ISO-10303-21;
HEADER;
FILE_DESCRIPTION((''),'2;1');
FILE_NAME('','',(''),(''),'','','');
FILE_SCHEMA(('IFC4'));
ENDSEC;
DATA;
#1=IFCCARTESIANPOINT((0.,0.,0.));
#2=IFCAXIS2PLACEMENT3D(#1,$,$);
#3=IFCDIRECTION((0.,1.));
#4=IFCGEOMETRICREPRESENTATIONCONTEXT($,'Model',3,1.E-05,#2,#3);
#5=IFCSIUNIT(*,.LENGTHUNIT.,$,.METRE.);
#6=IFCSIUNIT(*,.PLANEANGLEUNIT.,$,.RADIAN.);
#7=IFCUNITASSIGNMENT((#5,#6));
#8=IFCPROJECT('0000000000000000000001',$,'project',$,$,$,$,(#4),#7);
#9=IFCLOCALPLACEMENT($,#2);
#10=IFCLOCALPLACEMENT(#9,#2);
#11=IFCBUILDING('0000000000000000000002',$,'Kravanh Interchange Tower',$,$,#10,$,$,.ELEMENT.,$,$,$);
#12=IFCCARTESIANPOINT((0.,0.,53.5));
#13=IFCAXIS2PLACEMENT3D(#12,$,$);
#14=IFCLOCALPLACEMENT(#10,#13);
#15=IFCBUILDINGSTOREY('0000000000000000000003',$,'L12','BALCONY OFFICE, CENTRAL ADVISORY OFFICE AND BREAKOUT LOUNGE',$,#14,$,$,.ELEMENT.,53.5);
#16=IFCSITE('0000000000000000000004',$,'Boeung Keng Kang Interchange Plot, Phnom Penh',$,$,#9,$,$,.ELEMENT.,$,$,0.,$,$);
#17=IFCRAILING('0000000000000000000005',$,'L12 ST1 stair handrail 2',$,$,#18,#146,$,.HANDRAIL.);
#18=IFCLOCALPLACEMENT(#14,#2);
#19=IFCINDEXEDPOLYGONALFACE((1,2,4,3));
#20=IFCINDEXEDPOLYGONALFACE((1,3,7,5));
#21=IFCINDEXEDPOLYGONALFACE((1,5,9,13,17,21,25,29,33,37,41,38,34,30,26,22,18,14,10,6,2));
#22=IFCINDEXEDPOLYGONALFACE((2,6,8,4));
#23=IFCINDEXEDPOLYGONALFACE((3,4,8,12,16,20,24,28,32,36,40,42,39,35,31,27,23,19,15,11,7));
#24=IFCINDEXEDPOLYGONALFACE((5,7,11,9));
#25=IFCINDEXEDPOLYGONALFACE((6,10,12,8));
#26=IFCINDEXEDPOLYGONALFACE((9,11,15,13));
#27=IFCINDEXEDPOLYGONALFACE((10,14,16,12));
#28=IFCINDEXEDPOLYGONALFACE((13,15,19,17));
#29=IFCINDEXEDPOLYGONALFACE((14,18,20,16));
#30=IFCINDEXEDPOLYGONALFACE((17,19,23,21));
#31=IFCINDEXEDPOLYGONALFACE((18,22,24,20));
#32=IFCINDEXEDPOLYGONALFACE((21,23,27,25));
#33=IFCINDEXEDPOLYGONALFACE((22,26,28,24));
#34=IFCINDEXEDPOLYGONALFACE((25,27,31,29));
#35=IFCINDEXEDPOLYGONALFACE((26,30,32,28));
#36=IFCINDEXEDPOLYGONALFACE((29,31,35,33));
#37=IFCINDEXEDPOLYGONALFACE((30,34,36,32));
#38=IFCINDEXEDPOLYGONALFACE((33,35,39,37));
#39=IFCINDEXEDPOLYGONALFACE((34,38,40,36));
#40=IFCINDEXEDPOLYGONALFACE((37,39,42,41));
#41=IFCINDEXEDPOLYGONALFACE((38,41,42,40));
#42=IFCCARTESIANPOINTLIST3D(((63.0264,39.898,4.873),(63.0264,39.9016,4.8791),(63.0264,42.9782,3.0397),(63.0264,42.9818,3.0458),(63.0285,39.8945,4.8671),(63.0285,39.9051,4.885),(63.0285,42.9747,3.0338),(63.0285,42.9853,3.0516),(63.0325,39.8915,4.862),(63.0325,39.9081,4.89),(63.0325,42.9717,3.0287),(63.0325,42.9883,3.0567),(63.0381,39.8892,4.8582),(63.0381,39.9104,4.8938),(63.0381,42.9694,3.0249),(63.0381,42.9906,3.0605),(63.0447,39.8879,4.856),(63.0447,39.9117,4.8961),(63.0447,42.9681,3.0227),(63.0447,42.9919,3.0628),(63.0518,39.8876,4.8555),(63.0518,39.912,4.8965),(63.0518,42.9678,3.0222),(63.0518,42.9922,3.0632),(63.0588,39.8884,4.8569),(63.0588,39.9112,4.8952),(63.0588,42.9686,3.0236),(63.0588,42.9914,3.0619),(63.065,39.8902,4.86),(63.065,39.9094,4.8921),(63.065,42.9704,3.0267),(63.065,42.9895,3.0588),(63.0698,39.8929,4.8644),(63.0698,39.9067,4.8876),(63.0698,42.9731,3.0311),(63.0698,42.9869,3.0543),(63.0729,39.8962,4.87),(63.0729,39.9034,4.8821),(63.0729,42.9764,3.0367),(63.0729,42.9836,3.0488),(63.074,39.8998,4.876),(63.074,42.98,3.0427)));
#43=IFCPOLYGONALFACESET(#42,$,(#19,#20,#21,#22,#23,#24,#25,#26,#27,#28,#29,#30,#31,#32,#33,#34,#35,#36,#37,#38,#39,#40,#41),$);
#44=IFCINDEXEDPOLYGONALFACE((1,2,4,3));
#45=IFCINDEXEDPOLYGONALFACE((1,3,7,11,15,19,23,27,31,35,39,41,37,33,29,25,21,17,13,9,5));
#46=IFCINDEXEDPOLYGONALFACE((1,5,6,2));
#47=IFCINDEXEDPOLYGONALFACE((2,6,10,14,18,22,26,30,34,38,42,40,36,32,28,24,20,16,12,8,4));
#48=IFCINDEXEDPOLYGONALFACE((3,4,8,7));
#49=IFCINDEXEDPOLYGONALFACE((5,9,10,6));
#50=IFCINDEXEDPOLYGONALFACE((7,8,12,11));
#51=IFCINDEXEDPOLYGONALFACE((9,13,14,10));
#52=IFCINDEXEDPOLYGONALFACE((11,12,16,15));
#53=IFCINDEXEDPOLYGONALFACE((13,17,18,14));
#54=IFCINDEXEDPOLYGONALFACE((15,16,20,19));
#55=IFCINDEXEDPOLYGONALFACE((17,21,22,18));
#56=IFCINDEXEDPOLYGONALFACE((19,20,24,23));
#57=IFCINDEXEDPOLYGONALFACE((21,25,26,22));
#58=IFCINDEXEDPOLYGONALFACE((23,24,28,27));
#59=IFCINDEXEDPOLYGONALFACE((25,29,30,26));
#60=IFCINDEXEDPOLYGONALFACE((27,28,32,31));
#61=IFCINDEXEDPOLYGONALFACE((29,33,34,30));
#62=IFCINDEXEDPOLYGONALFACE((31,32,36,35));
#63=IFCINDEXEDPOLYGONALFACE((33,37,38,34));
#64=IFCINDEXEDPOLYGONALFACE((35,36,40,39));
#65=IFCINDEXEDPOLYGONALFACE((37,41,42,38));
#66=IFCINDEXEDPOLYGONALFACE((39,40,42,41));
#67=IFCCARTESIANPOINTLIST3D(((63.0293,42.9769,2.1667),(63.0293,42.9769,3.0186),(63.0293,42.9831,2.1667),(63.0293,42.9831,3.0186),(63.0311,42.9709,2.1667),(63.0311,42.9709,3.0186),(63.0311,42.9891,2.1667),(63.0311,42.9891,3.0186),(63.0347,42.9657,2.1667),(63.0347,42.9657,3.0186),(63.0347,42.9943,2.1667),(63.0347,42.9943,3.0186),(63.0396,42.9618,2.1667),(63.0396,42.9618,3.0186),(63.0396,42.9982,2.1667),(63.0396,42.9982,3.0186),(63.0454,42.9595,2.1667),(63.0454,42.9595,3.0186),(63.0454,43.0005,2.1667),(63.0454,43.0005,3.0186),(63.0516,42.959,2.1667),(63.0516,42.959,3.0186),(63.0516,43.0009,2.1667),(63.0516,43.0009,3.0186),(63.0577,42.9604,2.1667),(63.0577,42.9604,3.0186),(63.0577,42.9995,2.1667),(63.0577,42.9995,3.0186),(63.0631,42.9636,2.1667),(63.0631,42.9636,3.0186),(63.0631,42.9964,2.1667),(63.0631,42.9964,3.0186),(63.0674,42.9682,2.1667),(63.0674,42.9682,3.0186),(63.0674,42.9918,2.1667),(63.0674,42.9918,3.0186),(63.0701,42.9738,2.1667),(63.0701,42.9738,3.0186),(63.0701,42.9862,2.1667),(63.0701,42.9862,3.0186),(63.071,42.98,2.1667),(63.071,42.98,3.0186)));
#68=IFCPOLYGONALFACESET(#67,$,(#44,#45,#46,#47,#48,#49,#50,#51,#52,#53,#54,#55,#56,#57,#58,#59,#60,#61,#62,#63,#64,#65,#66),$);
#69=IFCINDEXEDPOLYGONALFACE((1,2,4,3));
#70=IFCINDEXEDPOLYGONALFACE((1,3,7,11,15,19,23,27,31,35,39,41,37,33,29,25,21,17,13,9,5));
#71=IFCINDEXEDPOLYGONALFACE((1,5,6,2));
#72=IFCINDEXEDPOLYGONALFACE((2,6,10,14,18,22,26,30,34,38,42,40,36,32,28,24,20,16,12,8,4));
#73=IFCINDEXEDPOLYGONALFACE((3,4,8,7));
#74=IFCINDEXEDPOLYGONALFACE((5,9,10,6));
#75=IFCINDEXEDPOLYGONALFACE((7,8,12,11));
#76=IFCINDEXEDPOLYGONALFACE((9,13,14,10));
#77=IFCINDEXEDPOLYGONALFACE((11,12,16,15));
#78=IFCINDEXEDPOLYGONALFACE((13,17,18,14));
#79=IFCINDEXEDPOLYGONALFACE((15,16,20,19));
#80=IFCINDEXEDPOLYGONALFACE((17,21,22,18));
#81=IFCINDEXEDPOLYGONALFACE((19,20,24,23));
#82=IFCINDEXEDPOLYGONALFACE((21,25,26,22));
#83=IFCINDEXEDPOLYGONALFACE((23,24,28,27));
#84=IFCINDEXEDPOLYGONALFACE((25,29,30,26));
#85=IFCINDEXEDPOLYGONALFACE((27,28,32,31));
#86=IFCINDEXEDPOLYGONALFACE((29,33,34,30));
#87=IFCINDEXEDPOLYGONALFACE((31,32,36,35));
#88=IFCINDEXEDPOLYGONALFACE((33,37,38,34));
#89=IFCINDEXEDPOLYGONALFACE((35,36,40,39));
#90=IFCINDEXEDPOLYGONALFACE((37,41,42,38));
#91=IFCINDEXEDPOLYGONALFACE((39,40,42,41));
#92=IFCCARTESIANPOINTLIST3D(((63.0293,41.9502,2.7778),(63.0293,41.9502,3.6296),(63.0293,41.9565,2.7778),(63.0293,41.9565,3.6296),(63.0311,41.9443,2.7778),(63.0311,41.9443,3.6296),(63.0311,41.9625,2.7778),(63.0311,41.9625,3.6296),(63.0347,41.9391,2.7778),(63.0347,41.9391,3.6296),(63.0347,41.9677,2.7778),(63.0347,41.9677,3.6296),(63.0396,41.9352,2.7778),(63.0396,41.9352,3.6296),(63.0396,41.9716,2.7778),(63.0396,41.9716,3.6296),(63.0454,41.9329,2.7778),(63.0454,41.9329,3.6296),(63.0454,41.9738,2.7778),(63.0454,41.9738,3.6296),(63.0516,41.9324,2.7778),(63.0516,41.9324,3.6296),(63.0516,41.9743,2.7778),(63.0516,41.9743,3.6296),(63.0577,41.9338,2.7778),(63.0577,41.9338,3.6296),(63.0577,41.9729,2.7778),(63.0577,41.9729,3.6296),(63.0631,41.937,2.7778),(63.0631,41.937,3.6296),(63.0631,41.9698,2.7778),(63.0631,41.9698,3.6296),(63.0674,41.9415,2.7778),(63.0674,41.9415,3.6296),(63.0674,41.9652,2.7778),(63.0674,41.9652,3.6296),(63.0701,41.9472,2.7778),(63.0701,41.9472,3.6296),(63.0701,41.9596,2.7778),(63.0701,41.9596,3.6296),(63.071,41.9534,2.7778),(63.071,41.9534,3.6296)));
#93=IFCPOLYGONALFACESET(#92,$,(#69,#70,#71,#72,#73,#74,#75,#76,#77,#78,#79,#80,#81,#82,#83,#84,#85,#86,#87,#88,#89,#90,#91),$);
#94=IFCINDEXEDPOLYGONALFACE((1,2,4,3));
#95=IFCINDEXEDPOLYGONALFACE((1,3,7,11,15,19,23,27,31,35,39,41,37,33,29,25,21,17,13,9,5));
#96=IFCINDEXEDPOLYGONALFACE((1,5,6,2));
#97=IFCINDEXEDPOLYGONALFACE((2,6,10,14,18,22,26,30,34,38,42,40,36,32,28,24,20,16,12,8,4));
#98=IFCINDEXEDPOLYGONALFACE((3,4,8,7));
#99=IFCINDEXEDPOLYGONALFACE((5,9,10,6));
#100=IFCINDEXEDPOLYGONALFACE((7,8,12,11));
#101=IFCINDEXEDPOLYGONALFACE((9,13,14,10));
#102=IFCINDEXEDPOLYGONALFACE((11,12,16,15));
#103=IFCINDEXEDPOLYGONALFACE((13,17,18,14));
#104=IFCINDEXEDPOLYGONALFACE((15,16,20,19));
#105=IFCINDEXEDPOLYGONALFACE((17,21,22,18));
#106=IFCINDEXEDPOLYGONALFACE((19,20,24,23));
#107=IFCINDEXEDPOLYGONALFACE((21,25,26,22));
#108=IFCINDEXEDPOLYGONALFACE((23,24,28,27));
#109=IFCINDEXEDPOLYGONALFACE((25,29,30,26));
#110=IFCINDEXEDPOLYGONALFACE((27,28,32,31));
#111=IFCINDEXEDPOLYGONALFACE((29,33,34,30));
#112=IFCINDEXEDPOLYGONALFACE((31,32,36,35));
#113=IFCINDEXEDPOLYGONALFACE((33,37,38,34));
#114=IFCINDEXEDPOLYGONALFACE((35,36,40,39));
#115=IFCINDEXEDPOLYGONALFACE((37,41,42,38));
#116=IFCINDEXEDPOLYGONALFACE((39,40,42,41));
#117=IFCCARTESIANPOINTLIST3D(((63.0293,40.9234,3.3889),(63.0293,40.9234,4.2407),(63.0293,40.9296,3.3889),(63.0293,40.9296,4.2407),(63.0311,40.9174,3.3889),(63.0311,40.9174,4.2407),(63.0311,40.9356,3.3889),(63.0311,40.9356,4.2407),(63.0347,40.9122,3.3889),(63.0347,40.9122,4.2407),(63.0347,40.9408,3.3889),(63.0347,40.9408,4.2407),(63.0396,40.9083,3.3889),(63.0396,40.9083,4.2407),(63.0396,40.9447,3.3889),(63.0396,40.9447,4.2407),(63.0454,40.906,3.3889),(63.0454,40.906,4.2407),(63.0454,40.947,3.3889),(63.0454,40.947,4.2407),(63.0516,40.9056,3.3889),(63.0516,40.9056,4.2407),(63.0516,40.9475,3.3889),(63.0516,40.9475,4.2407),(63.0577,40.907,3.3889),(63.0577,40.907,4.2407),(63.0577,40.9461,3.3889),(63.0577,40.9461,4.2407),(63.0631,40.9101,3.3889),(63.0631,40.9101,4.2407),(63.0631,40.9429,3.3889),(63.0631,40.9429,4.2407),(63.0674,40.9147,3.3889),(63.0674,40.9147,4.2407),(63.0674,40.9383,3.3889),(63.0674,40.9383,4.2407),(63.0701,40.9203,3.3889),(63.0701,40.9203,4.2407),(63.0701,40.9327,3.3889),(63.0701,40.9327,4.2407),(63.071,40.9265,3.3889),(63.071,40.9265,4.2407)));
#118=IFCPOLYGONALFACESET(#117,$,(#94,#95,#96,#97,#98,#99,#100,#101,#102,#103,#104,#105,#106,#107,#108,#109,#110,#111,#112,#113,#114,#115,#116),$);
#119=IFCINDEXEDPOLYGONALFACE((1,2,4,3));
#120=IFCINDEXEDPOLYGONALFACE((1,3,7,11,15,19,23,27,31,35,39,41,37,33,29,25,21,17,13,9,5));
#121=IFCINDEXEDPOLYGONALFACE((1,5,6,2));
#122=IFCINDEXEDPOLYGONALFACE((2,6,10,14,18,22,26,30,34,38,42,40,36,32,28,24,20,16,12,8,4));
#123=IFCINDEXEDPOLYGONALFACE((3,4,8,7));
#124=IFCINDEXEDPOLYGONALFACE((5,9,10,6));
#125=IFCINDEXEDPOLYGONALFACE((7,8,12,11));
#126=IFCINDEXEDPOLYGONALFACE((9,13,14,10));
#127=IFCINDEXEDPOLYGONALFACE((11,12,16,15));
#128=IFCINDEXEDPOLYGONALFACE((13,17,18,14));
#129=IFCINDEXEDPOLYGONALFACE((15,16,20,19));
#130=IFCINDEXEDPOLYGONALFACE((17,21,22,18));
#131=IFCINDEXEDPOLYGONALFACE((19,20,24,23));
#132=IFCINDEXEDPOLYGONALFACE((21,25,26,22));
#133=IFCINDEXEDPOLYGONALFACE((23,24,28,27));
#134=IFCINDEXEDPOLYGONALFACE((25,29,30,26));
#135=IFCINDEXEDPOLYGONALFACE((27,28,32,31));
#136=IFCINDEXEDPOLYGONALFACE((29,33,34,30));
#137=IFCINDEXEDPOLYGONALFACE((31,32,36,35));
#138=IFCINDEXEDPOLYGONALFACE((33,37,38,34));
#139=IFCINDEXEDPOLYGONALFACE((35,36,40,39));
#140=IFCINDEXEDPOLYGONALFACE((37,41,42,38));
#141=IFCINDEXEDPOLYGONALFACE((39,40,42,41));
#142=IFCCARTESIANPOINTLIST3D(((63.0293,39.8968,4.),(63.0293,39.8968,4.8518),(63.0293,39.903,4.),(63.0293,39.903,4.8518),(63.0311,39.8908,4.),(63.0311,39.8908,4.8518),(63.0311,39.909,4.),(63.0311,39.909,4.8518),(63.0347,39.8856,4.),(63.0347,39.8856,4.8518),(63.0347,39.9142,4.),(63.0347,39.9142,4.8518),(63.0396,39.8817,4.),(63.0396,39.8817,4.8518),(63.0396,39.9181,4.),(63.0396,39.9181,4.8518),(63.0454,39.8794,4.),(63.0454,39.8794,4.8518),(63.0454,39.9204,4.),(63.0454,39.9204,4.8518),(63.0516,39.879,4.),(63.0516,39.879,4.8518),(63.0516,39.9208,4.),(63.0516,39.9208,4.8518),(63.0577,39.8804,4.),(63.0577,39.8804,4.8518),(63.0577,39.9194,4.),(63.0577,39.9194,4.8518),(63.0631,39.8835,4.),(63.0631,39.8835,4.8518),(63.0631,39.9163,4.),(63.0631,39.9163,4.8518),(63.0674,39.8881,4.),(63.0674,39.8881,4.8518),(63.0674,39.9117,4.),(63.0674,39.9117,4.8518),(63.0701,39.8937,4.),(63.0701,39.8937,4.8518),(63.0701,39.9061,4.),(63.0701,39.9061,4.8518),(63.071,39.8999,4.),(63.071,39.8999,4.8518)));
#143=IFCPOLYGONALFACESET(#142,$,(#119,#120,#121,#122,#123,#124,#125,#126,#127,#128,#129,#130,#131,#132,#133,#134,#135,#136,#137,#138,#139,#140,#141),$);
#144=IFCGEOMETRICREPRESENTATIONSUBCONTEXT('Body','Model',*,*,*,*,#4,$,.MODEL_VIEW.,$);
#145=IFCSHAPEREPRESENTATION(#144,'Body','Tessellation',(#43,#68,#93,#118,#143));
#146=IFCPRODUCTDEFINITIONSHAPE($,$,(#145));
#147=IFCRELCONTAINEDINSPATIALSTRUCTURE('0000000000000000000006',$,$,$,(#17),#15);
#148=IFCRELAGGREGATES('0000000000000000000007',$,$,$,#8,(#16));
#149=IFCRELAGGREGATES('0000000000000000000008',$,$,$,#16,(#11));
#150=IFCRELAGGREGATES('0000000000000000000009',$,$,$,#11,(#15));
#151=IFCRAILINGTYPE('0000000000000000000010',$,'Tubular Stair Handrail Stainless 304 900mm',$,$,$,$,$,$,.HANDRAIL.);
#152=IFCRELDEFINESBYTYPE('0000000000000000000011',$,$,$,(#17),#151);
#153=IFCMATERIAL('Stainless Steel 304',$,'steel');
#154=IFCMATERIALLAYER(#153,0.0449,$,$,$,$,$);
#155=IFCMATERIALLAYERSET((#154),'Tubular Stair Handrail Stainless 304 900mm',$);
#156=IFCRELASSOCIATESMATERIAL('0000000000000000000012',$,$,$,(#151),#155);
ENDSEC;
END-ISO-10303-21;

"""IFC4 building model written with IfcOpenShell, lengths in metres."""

from ifc_helpers import new_model, si_unit, direction, frame, origin, origin_2d, place, context, subcontext, project, spatial, circle, extrude, material, layer, layer_set, type_object, element, save


model = new_model("IFC4")

# Units and contexts
model_context = context("Model", 3, precision=1e-05, world=origin(), true_north=direction((0.0, 1.0)))
body_context = subcontext(model_context, "Body", "Model", "MODEL_VIEW")
ifc_project = project(units=[si_unit("LENGTHUNIT", "METRE"), si_unit("PLANEANGLEUNIT", "RADIAN")], contexts=[model_context])

# Site, building, storey
site_placement = place(None, origin())
site = spatial("IfcSite", under=ifc_project, at=site_placement, Name="Boeung Keng Kang Interchange Plot, Phnom Penh", CompositionType="ELEMENT", RefElevation=0.0)
building_placement = place(site_placement, origin())
building = spatial("IfcBuilding", under=site, at=building_placement, Name="Kravanh Interchange Tower", CompositionType="ELEMENT")
storey_placement = place(building_placement, frame((0.0, 0.0, 53.5)))
storey = spatial("IfcBuildingStorey", under=building, at=storey_placement, Name="L12", Description="BALCONY OFFICE, CENTRAL ADVISORY OFFICE AND BREAKOUT LOUNGE", CompositionType="ELEMENT", Elevation=53.5)

# Railing
ifc_material_1 = material(Name="Stainless Steel 304", Category="steel")
ifc_layer_1 = layer(ifc_material_1, 0.0449)
ifc_layer_set_1 = layer_set([ifc_layer_1], Name="Tubular Stair Handrail Stainless 304 900mm")
railing_type_1 = type_object("IfcRailingType", Name="Tubular Stair Handrail Stainless 304 900mm", PredefinedType="HANDRAIL", material=ifc_layer_set_1)
railing_1_placement = place(storey_placement, frame((63.05, 42.98, 2.1667)))
element("IfcRailing", 1, at=railing_1_placement, inside=storey, type_object=railing_type_1, Name="L12 ST1 stair handrail 2", PredefinedType="HANDRAIL", context=body_context, shape_type="SweptSolid", body=[
    extrude(circle(Radius=0.0239, at=origin_2d()), frame((0.0, 0.0, 0.876), z_axis=(0.0, -0.859309, 0.511458), x_axis=(1.0, 0.0, 0.0)), (0.0, 0.0, 1.0), 3.5845),
    extrude(circle(Radius=0.021, at=origin_2d()), origin(), (0.0, 0.0, 1.0), 0.8518),
    extrude(circle(Radius=0.021, at=origin_2d()), frame((0.0, -1.0266, 0.6111)), (0.0, 0.0, 1.0), 0.8518),
    extrude(circle(Radius=0.021, at=origin_2d()), frame((0.0, -2.0535, 1.2222)), (0.0, 0.0, 1.0), 0.8518),
    extrude(circle(Radius=0.021, at=origin_2d()), frame((0.0, -3.0801, 1.8333)), (0.0, 0.0, 1.0), 0.8518),
])

save(model, "model.ifc")
